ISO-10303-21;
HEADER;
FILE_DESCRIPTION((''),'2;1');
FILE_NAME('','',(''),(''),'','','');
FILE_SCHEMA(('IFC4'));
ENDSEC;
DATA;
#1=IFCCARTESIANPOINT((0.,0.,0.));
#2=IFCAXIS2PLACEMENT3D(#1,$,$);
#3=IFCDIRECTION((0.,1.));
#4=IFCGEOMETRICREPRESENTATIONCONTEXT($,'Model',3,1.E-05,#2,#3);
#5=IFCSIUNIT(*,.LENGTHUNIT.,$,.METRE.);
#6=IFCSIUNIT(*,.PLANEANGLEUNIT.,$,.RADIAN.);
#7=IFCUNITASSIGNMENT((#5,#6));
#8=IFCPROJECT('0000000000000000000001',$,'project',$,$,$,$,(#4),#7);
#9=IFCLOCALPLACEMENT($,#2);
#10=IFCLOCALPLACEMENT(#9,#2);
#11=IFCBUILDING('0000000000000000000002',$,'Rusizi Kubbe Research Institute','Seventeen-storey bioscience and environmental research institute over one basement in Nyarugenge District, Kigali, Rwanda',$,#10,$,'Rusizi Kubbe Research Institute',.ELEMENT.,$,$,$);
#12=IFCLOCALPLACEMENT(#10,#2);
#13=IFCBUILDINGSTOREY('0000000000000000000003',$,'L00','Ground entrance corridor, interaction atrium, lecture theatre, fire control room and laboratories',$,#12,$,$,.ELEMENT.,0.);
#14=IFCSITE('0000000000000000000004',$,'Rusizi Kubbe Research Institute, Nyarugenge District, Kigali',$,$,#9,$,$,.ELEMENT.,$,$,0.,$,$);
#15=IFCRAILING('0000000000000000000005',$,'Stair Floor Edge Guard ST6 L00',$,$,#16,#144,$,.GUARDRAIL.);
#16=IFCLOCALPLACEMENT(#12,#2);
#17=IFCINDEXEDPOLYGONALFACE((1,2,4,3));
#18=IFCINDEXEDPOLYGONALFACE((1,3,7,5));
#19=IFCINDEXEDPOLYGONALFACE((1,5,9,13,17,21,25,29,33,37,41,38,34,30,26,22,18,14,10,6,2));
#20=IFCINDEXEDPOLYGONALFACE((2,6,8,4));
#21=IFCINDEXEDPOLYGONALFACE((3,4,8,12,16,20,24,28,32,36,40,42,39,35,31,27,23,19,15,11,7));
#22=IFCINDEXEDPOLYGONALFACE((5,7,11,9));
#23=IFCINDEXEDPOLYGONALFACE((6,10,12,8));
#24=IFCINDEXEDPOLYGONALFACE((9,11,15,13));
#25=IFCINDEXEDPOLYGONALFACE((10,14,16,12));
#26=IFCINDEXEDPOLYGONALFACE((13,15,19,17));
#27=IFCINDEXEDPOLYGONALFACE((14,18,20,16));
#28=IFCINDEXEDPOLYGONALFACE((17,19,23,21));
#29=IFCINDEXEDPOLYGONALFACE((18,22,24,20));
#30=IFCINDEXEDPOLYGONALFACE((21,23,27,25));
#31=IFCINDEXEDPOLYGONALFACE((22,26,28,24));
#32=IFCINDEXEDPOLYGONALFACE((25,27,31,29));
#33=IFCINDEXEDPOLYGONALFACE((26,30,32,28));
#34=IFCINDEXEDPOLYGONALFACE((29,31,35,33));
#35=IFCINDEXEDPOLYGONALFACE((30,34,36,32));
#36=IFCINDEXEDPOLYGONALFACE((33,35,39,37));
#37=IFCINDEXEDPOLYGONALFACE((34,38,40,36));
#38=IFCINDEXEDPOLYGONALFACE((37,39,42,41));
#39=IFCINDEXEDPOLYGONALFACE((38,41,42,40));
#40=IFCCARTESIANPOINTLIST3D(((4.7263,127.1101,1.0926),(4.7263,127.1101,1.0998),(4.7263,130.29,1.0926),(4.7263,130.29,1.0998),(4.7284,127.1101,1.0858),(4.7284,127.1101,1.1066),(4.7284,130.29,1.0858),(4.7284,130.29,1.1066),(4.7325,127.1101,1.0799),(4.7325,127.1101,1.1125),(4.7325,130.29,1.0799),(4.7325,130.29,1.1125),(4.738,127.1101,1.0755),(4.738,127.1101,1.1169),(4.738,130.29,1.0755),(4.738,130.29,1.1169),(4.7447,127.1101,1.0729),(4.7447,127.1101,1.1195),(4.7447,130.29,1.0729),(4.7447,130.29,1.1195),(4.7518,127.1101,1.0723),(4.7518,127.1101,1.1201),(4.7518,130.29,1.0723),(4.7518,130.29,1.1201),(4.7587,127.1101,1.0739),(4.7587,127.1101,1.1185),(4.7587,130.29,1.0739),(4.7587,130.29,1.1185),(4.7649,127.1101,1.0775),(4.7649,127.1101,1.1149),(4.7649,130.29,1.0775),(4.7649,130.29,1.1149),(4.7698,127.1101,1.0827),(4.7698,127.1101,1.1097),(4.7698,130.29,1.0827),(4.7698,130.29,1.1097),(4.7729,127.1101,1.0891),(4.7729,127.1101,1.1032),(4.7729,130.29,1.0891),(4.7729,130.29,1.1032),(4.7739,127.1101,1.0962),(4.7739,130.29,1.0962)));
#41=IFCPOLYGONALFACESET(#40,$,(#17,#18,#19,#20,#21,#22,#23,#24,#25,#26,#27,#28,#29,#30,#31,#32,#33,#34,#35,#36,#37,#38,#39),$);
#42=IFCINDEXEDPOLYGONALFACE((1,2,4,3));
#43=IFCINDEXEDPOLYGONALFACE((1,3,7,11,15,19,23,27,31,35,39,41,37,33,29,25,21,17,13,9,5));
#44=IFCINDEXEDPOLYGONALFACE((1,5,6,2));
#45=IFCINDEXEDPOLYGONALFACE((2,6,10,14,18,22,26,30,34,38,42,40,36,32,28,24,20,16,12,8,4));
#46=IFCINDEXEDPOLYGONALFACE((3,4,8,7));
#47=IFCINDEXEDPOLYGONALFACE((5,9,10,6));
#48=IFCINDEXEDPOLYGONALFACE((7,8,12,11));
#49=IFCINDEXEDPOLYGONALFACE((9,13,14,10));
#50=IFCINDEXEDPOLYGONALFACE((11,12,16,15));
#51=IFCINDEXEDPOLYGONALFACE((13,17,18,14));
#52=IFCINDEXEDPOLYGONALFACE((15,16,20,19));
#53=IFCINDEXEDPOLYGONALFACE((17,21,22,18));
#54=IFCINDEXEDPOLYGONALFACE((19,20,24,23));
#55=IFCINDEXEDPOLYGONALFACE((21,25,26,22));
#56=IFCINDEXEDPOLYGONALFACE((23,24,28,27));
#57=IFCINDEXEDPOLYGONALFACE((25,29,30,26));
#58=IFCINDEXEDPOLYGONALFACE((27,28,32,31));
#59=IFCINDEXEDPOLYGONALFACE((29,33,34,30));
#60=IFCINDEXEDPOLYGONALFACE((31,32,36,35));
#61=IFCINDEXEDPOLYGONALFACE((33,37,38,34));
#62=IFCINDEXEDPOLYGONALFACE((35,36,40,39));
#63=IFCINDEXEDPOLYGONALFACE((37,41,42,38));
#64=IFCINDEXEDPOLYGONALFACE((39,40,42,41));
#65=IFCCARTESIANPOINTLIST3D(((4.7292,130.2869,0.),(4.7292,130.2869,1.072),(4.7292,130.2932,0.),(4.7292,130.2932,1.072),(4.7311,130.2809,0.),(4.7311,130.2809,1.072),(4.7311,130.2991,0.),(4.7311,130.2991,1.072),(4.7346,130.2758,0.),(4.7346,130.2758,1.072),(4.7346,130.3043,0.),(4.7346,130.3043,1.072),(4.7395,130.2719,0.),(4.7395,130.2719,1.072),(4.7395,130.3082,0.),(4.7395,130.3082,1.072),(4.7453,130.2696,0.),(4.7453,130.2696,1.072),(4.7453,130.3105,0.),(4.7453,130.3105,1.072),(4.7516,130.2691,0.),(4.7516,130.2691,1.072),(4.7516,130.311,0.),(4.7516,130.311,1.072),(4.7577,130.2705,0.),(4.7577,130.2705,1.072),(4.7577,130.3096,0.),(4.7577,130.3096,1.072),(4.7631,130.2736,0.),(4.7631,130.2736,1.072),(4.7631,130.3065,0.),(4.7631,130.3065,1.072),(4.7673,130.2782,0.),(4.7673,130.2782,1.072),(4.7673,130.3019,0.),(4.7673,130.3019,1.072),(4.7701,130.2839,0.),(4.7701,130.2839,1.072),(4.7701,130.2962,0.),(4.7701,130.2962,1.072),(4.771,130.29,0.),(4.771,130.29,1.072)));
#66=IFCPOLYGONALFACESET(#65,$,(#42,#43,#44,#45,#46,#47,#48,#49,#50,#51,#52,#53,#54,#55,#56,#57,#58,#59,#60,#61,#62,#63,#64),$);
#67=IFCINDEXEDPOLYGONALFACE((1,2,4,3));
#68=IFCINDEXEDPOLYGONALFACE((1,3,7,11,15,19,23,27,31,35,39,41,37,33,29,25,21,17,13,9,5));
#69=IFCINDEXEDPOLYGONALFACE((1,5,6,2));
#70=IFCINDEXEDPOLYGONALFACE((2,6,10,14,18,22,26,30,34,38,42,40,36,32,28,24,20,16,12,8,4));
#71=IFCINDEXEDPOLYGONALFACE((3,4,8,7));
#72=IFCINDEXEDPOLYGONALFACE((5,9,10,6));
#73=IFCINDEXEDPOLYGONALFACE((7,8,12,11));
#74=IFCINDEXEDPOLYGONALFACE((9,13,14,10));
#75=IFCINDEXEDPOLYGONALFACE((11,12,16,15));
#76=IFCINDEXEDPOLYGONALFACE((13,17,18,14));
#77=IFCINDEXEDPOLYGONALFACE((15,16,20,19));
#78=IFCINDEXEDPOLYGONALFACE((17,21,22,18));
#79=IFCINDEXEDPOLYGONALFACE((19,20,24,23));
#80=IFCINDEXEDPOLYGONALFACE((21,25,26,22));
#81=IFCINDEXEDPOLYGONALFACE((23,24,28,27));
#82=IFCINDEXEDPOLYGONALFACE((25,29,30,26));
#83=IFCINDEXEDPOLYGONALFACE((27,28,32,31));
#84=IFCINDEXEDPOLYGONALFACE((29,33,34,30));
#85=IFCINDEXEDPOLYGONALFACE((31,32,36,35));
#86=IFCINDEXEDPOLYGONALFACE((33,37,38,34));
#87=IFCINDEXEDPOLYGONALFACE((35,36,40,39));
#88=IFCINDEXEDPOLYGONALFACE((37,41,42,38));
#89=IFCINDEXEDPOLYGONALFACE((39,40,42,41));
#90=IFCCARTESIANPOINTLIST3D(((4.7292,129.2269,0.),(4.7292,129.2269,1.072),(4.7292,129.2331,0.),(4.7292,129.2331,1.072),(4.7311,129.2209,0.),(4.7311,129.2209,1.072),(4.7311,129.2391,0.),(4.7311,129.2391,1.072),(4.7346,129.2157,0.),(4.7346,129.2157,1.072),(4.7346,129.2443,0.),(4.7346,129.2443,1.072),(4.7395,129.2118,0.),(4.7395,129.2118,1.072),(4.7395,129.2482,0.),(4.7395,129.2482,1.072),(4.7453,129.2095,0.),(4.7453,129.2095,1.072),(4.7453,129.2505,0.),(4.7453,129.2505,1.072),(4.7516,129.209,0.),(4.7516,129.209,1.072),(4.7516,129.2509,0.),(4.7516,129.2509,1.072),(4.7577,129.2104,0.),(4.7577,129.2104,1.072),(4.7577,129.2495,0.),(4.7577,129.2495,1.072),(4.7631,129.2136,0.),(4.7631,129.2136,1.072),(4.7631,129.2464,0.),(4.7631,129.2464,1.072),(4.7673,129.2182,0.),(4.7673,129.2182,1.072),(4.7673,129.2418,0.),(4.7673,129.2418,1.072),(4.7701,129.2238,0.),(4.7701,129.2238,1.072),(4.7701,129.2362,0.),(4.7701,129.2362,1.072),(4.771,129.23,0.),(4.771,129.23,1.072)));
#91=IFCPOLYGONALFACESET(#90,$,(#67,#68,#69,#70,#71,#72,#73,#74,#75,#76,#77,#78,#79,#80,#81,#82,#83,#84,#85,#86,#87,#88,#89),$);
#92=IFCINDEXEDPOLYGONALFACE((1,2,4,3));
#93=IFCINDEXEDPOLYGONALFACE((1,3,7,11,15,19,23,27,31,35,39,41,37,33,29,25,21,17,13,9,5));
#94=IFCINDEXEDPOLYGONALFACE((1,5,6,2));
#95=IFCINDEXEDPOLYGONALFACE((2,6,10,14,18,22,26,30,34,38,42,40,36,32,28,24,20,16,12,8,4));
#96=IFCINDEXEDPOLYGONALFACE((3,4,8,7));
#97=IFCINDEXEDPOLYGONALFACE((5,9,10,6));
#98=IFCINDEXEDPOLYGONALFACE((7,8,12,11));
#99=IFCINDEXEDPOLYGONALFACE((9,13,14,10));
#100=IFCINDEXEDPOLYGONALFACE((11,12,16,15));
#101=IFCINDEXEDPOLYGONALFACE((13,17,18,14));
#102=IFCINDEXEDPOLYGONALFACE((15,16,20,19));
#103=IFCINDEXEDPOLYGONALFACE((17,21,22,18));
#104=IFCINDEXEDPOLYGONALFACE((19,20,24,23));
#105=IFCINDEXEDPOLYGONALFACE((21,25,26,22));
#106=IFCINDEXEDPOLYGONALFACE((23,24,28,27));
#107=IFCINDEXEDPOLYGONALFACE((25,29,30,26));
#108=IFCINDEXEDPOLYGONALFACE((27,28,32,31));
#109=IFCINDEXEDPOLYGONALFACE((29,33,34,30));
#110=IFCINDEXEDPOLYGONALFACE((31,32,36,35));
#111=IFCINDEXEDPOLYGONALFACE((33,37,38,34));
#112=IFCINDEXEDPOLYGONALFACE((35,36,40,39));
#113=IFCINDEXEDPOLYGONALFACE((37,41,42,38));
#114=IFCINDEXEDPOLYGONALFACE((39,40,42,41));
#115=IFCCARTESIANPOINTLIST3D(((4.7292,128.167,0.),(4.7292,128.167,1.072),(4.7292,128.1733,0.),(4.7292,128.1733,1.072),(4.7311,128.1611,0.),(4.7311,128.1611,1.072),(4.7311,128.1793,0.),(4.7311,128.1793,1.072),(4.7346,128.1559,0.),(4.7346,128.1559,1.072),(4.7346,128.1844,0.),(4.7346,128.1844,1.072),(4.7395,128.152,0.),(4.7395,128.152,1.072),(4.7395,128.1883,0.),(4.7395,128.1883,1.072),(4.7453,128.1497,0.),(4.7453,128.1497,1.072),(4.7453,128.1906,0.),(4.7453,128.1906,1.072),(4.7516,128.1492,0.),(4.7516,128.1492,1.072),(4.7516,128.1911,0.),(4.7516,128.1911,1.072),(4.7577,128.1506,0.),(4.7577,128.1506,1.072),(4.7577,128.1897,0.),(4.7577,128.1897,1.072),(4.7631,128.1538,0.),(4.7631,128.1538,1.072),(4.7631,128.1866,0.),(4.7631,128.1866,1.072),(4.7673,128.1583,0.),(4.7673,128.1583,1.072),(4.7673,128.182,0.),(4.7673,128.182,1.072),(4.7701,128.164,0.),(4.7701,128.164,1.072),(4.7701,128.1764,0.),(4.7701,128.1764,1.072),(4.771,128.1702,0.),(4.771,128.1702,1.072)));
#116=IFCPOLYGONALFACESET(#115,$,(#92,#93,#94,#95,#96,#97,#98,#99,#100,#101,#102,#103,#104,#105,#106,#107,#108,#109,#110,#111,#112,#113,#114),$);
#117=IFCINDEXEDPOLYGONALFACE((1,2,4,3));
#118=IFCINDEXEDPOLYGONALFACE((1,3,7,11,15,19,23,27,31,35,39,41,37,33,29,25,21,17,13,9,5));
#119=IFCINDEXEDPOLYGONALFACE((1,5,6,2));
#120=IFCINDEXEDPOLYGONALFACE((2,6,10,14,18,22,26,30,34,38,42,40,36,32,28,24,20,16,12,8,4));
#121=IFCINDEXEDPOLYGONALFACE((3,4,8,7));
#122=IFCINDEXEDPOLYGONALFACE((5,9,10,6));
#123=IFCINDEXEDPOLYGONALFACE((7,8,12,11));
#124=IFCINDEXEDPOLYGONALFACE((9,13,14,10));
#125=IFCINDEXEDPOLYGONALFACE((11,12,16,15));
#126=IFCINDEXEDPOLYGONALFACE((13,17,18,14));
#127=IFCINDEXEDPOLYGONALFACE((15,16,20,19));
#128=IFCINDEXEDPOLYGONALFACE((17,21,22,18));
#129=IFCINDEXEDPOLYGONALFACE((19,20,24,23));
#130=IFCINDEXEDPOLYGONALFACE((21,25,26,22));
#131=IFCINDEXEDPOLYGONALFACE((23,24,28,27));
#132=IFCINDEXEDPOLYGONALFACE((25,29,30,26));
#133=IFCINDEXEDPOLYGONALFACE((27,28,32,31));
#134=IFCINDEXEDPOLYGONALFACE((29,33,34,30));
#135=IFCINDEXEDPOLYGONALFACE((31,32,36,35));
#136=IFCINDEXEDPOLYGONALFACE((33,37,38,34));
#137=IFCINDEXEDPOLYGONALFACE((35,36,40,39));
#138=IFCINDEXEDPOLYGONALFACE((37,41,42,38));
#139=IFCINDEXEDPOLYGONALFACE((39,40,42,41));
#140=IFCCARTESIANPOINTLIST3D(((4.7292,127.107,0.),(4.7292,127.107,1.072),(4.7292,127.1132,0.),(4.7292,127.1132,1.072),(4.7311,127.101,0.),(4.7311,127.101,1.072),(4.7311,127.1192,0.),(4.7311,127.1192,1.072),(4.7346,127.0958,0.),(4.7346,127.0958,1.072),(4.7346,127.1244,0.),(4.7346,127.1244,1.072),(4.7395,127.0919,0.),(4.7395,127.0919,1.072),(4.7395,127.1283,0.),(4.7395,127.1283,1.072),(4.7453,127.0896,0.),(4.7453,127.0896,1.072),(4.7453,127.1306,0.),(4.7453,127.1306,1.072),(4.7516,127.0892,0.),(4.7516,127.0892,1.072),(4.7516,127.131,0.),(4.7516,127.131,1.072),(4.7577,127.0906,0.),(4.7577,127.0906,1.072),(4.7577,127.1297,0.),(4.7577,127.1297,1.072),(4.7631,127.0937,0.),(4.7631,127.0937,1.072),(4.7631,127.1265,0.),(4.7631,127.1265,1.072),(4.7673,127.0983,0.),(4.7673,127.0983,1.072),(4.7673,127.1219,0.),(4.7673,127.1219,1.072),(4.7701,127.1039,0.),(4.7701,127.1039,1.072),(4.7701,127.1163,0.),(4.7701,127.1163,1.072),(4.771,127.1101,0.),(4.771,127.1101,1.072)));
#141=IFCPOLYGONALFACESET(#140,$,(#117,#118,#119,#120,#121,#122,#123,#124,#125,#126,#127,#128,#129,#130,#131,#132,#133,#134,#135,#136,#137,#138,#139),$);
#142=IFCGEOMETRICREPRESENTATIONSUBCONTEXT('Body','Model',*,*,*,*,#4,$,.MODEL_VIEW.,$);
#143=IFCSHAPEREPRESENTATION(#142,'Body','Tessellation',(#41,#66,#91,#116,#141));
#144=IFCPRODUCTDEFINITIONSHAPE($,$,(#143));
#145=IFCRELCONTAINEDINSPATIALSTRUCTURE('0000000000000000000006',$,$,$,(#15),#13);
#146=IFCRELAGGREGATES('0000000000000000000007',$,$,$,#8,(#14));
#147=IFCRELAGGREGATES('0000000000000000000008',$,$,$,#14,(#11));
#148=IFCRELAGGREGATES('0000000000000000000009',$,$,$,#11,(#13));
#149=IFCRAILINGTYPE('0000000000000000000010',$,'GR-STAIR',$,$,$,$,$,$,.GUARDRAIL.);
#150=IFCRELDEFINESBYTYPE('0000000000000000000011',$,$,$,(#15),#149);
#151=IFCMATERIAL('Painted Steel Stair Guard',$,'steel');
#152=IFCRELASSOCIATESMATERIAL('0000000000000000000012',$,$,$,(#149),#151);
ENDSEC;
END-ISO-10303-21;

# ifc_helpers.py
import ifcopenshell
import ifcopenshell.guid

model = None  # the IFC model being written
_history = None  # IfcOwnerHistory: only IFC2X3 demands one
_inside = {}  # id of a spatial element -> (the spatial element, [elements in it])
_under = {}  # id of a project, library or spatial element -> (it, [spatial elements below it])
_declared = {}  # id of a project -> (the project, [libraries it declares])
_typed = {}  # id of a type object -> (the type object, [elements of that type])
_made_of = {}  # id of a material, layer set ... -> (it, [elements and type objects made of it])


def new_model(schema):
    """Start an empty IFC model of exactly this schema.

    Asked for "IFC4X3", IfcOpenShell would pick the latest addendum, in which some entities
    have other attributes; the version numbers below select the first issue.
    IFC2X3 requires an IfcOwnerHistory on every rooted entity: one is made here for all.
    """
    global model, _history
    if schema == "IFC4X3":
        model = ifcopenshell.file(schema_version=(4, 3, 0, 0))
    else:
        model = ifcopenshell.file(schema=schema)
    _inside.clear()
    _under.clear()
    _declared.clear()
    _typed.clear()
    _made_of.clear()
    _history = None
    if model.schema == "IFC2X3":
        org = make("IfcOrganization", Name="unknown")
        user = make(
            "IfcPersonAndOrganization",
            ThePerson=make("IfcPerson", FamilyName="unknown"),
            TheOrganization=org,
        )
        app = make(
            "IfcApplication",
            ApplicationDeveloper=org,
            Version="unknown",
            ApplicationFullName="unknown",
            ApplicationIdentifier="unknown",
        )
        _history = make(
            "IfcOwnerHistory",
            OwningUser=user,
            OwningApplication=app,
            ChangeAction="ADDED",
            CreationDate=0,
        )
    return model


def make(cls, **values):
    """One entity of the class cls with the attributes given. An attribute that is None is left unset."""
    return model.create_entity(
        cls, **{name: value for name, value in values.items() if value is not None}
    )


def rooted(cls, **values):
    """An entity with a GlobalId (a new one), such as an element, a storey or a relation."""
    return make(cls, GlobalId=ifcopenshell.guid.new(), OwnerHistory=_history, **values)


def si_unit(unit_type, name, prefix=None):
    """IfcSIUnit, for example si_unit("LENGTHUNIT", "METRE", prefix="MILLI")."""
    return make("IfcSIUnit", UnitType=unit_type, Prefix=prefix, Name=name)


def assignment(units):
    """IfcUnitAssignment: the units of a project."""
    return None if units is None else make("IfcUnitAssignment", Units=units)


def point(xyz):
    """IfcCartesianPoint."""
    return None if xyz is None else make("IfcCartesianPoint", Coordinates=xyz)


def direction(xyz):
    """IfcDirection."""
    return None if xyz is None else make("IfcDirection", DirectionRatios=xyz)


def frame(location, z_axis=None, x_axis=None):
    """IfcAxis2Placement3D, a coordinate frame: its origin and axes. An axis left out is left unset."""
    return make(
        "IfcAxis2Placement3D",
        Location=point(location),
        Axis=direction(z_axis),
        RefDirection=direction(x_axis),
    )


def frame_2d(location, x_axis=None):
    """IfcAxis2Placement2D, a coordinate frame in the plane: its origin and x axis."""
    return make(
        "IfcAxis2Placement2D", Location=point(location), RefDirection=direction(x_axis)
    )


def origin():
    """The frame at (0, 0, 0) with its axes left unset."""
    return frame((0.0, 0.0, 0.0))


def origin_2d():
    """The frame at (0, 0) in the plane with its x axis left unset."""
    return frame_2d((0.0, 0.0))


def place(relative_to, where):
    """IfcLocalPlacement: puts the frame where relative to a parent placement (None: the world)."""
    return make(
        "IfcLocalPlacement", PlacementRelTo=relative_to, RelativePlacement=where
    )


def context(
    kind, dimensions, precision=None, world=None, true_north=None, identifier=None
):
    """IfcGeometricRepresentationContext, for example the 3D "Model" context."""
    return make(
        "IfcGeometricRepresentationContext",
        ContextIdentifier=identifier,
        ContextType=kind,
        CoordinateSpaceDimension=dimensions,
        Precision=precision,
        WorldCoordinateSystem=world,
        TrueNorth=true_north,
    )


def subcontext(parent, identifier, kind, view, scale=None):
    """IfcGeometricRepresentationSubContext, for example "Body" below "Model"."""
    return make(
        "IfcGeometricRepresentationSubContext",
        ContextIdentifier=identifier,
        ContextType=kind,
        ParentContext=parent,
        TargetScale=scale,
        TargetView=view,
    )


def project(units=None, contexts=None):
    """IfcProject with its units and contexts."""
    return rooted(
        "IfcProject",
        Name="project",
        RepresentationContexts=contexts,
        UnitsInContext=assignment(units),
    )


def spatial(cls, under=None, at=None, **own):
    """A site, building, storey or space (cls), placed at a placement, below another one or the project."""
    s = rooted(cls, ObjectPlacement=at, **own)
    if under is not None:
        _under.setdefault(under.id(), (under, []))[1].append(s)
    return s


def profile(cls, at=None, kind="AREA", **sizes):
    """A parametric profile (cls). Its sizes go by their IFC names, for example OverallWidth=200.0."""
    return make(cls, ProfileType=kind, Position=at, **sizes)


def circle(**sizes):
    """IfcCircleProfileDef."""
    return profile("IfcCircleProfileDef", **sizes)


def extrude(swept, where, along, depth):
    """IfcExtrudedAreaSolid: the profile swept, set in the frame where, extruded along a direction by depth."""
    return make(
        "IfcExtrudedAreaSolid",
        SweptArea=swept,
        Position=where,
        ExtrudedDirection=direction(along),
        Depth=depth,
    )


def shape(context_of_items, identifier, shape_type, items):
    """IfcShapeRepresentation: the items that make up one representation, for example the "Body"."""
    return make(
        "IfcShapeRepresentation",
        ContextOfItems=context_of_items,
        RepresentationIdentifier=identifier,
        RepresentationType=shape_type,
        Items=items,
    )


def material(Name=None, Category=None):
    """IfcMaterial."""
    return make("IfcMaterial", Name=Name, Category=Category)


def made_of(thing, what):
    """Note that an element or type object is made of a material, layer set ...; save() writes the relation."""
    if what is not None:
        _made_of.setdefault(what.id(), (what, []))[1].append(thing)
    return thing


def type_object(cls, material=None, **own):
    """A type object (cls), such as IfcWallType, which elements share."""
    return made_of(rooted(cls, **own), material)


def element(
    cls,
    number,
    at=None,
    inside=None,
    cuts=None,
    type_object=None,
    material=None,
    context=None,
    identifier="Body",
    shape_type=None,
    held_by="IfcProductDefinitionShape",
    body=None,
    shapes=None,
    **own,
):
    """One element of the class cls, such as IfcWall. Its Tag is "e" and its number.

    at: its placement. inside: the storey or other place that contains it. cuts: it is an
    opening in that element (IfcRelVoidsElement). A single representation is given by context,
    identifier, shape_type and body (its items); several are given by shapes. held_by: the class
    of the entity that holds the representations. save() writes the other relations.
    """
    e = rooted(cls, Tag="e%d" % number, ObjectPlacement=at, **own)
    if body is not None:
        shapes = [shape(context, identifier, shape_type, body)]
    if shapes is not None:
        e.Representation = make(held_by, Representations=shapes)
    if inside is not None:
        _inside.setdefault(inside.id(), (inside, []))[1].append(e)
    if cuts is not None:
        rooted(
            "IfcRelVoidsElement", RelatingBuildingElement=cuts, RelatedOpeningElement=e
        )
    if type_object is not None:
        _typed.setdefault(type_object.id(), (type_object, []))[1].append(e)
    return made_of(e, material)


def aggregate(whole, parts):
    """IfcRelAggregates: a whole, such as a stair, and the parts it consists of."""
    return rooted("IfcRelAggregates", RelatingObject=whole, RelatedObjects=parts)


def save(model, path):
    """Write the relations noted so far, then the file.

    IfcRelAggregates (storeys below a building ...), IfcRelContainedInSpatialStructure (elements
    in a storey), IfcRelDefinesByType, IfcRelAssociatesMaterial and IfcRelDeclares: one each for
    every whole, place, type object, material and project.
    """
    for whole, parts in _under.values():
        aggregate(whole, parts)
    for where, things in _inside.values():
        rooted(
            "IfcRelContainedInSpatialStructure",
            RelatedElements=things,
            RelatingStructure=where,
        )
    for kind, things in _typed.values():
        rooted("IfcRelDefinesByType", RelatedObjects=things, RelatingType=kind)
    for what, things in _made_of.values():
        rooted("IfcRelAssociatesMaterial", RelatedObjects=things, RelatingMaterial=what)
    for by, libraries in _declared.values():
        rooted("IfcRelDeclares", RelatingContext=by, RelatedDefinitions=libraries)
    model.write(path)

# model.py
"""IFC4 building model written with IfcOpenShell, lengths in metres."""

from ifc_helpers import new_model, si_unit, direction, frame, origin, origin_2d, place, context, subcontext, project, spatial, circle, extrude, material, type_object, element, save


model = new_model("IFC4")

# Units and contexts
model_context = context("Model", 3, precision=1e-05, world=origin(), true_north=direction((0.0, 1.0)))
body_context = subcontext(model_context, "Body", "Model", "MODEL_VIEW")
ifc_project = project(units=[si_unit("LENGTHUNIT", "METRE"), si_unit("PLANEANGLEUNIT", "RADIAN")], contexts=[model_context])

# Site, building, storey
site_placement = place(None, origin())
site = spatial("IfcSite", under=ifc_project, at=site_placement, Name="Rusizi Kubbe Research Institute, Nyarugenge District, Kigali", CompositionType="ELEMENT", RefElevation=0.0)
building_placement = place(site_placement, origin())
building = spatial("IfcBuilding", under=site, at=building_placement, Name="Rusizi Kubbe Research Institute", Description="Seventeen-storey bioscience and environmental research institute over one basement in Nyarugenge District, Kigali, Rwanda", LongName="Rusizi Kubbe Research Institute", CompositionType="ELEMENT")
storey_placement = place(building_placement, origin())
storey = spatial("IfcBuildingStorey", under=building, at=storey_placement, Name="L00", Description="Ground entrance corridor, interaction atrium, lecture theatre, fire control room and laboratories", CompositionType="ELEMENT", Elevation=0.0)

# Railing
ifc_material_1 = material(Name="Painted Steel Stair Guard", Category="steel")
railing_type_1 = type_object("IfcRailingType", Name="GR-STAIR", PredefinedType="GUARDRAIL", material=ifc_material_1)
railing_1_placement = place(storey_placement, frame((4.75, 130.29, 0.0)))
element("IfcRailing", 1, at=railing_1_placement, inside=storey, type_object=railing_type_1, Name="Stair Floor Edge Guard ST6 L00", PredefinedType="GUARDRAIL", context=body_context, shape_type="SweptSolid", body=[
    extrude(circle(Radius=0.0239, at=origin_2d()), frame((0.0, 0.0, 1.0962), z_axis=(0.0, -1.0, 0.0), x_axis=(1.0, 0.0, 0.0)), (0.0, 0.0, 1.0), 3.1799),
    extrude(circle(Radius=0.021, at=origin_2d()), origin(), (0.0, 0.0, 1.0), 1.072),
    extrude(circle(Radius=0.021, at=origin_2d()), frame((0.0, -1.0601, 0.0)), (0.0, 0.0, 1.0), 1.072),
    extrude(circle(Radius=0.021, at=origin_2d()), frame((0.0, -2.1199, 0.0)), (0.0, 0.0, 1.0), 1.072),
    extrude(circle(Radius=0.021, at=origin_2d()), frame((0.0, -3.1799, 0.0)), (0.0, 0.0, 1.0), 1.072),
])

save(model, "model.ifc")
